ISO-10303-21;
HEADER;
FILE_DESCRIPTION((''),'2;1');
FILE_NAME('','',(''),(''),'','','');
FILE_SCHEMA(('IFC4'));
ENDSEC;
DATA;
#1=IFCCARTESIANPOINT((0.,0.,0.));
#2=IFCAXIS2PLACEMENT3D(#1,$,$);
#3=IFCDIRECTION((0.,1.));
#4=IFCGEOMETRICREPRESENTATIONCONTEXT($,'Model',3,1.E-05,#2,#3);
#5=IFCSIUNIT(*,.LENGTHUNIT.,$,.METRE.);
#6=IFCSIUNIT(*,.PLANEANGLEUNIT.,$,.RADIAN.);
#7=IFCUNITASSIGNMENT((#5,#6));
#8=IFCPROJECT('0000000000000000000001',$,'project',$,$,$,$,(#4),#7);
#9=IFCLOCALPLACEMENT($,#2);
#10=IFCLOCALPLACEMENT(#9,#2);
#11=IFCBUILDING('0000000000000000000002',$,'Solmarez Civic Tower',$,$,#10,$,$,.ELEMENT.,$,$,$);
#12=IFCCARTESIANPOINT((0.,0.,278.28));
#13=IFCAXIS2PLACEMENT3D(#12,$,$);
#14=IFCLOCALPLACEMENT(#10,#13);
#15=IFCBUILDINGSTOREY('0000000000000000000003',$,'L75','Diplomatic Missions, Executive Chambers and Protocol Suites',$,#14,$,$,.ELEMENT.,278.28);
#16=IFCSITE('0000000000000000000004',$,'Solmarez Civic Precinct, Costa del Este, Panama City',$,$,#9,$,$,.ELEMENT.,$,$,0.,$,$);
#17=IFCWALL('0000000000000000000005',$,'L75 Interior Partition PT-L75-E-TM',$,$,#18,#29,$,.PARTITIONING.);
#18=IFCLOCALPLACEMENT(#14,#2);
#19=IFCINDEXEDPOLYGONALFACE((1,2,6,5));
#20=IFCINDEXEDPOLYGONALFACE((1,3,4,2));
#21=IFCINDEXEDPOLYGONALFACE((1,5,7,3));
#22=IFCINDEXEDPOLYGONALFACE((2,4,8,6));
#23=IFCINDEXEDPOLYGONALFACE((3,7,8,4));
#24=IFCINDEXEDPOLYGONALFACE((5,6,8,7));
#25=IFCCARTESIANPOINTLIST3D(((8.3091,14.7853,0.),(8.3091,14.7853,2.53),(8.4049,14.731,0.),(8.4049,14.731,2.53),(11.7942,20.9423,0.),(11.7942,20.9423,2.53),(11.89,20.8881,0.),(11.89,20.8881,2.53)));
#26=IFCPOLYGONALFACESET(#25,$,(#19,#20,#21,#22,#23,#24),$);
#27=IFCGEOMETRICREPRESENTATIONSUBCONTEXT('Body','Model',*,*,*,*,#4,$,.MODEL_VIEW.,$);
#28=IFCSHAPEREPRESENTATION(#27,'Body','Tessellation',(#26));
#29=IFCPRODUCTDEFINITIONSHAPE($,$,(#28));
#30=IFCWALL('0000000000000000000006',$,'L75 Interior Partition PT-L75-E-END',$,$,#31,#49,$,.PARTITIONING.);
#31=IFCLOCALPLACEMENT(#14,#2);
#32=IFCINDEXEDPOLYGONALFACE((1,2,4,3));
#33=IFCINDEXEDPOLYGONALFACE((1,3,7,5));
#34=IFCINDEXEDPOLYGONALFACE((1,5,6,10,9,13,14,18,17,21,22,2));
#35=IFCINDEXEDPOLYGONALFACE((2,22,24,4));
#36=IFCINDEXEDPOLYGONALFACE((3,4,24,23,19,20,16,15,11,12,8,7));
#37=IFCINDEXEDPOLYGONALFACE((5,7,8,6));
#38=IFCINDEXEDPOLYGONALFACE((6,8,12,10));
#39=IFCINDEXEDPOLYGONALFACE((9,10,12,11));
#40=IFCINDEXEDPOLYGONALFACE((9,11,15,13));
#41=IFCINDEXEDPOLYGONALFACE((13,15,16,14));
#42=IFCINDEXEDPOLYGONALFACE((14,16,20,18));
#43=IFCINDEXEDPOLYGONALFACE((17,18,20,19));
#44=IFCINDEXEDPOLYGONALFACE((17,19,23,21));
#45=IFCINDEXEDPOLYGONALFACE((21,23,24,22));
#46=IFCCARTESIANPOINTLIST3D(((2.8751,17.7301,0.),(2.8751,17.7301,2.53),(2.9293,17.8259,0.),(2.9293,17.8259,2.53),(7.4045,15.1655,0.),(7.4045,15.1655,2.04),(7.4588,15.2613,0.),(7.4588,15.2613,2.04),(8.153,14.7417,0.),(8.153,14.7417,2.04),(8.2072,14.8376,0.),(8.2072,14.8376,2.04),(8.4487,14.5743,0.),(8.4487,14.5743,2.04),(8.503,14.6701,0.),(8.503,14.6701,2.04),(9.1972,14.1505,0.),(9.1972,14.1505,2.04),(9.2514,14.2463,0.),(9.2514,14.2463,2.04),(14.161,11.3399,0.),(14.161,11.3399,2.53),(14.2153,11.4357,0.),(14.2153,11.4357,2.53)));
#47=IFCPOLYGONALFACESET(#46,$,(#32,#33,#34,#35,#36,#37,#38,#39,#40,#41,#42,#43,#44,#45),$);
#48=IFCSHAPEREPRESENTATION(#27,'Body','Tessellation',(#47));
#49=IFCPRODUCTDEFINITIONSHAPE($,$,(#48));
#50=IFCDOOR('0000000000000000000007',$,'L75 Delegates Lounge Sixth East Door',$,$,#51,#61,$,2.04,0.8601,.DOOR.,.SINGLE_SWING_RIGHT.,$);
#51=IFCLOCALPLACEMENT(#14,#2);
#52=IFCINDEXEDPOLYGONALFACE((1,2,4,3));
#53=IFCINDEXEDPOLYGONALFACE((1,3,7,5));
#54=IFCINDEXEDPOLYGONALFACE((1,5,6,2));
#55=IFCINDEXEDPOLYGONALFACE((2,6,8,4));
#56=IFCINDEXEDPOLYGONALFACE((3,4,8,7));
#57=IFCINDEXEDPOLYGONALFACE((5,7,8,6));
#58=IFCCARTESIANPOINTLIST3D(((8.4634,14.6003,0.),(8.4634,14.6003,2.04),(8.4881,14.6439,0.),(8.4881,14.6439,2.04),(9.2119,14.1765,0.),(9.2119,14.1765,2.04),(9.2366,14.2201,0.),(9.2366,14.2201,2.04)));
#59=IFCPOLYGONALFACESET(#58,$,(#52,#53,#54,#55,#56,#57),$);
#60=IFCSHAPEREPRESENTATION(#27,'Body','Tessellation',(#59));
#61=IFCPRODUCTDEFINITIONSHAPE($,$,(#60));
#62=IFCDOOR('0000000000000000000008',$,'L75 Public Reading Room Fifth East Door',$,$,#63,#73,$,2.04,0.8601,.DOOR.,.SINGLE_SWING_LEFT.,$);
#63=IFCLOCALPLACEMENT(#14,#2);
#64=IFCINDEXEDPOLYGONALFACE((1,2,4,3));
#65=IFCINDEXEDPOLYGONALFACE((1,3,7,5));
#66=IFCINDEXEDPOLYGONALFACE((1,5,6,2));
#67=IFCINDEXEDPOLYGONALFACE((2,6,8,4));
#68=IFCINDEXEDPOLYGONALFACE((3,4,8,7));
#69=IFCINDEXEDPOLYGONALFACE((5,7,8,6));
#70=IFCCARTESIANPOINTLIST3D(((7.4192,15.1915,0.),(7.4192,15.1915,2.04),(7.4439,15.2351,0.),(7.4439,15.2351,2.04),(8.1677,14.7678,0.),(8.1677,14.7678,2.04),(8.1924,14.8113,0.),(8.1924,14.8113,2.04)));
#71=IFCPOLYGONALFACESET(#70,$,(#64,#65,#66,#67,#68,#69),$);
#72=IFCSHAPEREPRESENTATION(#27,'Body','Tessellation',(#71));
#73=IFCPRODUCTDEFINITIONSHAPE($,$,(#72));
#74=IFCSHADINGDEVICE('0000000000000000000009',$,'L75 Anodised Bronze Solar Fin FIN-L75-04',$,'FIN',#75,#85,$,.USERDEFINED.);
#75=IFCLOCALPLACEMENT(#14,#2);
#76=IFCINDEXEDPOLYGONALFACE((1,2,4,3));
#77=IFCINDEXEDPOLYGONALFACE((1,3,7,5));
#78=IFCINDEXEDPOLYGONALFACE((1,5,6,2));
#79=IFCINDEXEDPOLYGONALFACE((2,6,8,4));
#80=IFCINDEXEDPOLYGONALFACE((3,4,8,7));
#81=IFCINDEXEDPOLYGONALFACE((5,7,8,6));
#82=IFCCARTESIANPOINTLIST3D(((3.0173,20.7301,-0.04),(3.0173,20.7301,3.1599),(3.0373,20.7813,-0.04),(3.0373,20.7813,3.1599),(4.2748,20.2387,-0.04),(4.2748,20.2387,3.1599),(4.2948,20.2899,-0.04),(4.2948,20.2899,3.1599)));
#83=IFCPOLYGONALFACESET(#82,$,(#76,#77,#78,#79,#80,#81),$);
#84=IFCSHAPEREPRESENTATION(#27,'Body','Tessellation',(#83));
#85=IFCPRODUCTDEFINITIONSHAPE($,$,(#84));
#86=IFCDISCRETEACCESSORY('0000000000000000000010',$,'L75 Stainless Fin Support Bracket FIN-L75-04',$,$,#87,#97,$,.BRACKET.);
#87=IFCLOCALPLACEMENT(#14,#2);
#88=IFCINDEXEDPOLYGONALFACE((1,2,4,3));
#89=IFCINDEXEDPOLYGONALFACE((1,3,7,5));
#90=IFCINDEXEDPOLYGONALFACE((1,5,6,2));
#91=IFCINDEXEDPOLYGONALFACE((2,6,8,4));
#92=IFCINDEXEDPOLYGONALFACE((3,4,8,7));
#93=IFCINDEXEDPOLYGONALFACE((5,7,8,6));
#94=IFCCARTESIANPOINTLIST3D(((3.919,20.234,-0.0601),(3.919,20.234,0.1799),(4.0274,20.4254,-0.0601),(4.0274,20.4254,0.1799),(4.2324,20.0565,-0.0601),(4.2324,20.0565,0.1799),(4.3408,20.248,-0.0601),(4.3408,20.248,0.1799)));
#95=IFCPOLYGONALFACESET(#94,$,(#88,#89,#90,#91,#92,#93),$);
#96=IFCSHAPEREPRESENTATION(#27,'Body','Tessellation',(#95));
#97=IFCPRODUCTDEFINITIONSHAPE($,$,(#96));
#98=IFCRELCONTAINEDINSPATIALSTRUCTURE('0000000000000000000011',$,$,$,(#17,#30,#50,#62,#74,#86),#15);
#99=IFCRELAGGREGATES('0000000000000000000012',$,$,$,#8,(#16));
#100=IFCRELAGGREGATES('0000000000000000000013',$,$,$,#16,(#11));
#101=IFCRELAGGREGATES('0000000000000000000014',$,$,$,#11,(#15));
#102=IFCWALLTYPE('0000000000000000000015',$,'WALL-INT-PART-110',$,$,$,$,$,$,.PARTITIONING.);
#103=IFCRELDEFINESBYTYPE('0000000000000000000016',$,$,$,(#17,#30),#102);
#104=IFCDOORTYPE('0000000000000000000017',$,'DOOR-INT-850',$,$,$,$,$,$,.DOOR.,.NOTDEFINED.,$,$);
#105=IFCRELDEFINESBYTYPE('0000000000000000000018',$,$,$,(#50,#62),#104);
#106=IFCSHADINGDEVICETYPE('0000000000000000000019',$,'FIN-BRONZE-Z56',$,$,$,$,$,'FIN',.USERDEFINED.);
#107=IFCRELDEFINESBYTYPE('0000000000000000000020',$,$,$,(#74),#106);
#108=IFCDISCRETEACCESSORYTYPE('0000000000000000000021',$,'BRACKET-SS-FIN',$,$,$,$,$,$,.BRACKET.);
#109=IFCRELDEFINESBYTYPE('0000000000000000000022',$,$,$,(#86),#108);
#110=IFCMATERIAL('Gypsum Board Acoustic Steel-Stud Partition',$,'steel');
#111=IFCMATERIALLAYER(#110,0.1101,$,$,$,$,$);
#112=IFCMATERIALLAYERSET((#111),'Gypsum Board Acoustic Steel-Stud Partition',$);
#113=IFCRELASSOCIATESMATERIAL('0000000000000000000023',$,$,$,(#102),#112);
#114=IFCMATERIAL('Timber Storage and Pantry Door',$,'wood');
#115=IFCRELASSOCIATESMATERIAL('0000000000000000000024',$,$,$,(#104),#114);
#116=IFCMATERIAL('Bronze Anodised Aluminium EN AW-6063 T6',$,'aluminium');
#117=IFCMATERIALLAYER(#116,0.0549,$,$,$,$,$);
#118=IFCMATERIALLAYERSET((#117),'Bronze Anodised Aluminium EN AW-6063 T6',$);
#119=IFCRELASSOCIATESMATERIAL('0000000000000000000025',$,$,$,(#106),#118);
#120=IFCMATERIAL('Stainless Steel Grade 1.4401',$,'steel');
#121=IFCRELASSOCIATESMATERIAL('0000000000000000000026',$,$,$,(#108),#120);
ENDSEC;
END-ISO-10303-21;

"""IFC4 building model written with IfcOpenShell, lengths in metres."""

from ifc_helpers import new_model, si_unit, direction, frame, frame_2d, origin, origin_2d, place, context, subcontext, project, spatial, rectangle, extrude, material, layer, layer_set, type_object, element, fill, save


model = new_model("IFC4")

# Units and contexts
model_context = context("Model", 3, precision=1e-05, world=origin(), true_north=direction((0.0, 1.0)))
body_context = subcontext(model_context, "Body", "Model", "MODEL_VIEW")
ifc_project = project(units=[si_unit("LENGTHUNIT", "METRE"), si_unit("PLANEANGLEUNIT", "RADIAN")], contexts=[model_context])

# Site, building, storey
site_placement = place(None, origin())
site = spatial("IfcSite", under=ifc_project, at=site_placement, Name="Solmarez Civic Precinct, Costa del Este, Panama City", CompositionType="ELEMENT", RefElevation=0.0)
building_placement = place(site_placement, origin())
building = spatial("IfcBuilding", under=site, at=building_placement, Name="Solmarez Civic Tower", CompositionType="ELEMENT")
storey_placement = place(building_placement, frame((0.0, 0.0, 278.28)))
storey = spatial("IfcBuildingStorey", under=building, at=storey_placement, Name="L75", Description="Diplomatic Missions, Executive Chambers and Protocol Suites", CompositionType="ELEMENT", Elevation=278.28)

# Shared definitions
ifc_material_1 = material(Name="Gypsum Board Acoustic Steel-Stud Partition", Category="steel")
ifc_layer_1 = layer(ifc_material_1, 0.1101)
ifc_layer_set_1 = layer_set([ifc_layer_1], Name="Gypsum Board Acoustic Steel-Stud Partition")
wall_type_1 = type_object("IfcWallType", Name="WALL-INT-PART-110", PredefinedType="PARTITIONING", material=ifc_layer_set_1)

# Wall
wall_1_placement = place(storey_placement, frame((8.3569, 14.7581, 0.0), z_axis=(0.0, 0.0, 1.0), x_axis=(0.492601, 0.870255, 0.0)))
element("IfcWall", 1, at=wall_1_placement, inside=storey, type_object=wall_type_1, Name="L75 Interior Partition PT-L75-E-TM", PredefinedType="PARTITIONING", context=body_context, shape_type="SweptSolid", body=[
    extrude(rectangle(XDim=7.075, YDim=0.1101, at=frame_2d((3.5376, 0.0))), origin(), (0.0, 0.0, 1.0), 2.53),
])

# Wall, openings, doors
wall_2_placement = place(storey_placement, frame((2.9021, 17.7781, 0.0), z_axis=(0.0, 0.0, 1.0), x_axis=(0.870194, -0.492709, 0.0)))
wall_2 = element("IfcWall", 2, at=wall_2_placement, inside=storey, type_object=wall_type_1, Name="L75 Interior Partition PT-L75-E-END", PredefinedType="PARTITIONING", context=body_context, shape_type="SweptSolid", body=[
    extrude(rectangle(XDim=12.9695, YDim=0.1101, at=frame_2d((6.4849, 0.0))), origin(), (0.0, 0.0, 1.0), 2.53),
])
opening_1_placement = place(wall_2_placement, frame((6.405, 0.0, 0.0)))
opening_1 = element("IfcOpeningElement", 3, at=opening_1_placement, cuts=wall_2, PredefinedType="OPENING", context=body_context, shape_type="SweptSolid", body=[
    extrude(rectangle(XDim=0.8601, YDim=2.04, at=frame_2d((0.4302, 1.02))), frame((0.0, 0.0649, 0.0), z_axis=(0.0, -1.0, 0.0), x_axis=(1.0, 0.0, 0.0)), (0.0, 0.0, 1.0), 0.1301),
])
opening_2_placement = place(wall_2_placement, frame((5.2051, 0.0, 0.0)))
opening_2 = element("IfcOpeningElement", 4, at=opening_2_placement, cuts=wall_2, PredefinedType="OPENING", context=body_context, shape_type="SweptSolid", body=[
    extrude(rectangle(XDim=0.8601, YDim=2.04, at=frame_2d((0.4302, 1.02))), frame((0.0, 0.0649, 0.0), z_axis=(0.0, -1.0, 0.0), x_axis=(1.0, 0.0, 0.0)), (0.0, 0.0, 1.0), 0.1301),
])
ifc_material_2 = material(Name="Timber Storage and Pantry Door", Category="wood")
door_type_1 = type_object("IfcDoorType", Name="DOOR-INT-850", OperationType="NOTDEFINED", PredefinedType="DOOR", material=ifc_material_2)
door_1_placement = place(opening_1_placement, origin())
door_1 = element("IfcDoor", 5, at=door_1_placement, inside=storey, type_object=door_type_1, Name="L75 Delegates Lounge Sixth East Door", OperationType="SINGLE_SWING_RIGHT", OverallHeight=2.04, OverallWidth=0.8601, PredefinedType="DOOR", context=body_context, shape_type="SweptSolid", body=[
    extrude(rectangle(XDim=0.8601, YDim=2.04, at=frame_2d((0.4302, 1.02))), frame((0.0, 0.0249, 0.0), z_axis=(0.0, -1.0, 0.0), x_axis=(1.0, 0.0, 0.0)), (0.0, 0.0, 1.0), 0.05),
])
fill(opening_1, door_1)
door_2_placement = place(opening_2_placement, origin())
door_2 = element("IfcDoor", 6, at=door_2_placement, inside=storey, type_object=door_type_1, Name="L75 Public Reading Room Fifth East Door", OperationType="SINGLE_SWING_LEFT", OverallHeight=2.04, OverallWidth=0.8601, PredefinedType="DOOR", context=body_context, shape_type="SweptSolid", body=[
    extrude(rectangle(XDim=0.8601, YDim=2.04, at=frame_2d((0.4302, 1.02))), frame((0.0, 0.0249, 0.0), z_axis=(0.0, -1.0, 0.0), x_axis=(1.0, 0.0, 0.0)), (0.0, 0.0, 1.0), 0.05),
])
fill(opening_2, door_2)

# Shading device
ifc_material_3 = material(Name="Bronze Anodised Aluminium EN AW-6063 T6", Category="aluminium")
ifc_layer_2 = layer(ifc_material_3, 0.0549)
ifc_layer_set_2 = layer_set([ifc_layer_2], Name="Bronze Anodised Aluminium EN AW-6063 T6")
shading_device_type = type_object("IfcShadingDeviceType", Name="FIN-BRONZE-Z56", ElementType="FIN", PredefinedType="USERDEFINED", material=ifc_layer_set_2)
shading_device_placement = place(storey_placement, frame((3.656, 20.51, -0.04), z_axis=(0.0, 0.0, 1.0), x_axis=(-0.931412, 0.363967, 0.0)))
element("IfcShadingDevice", 7, at=shading_device_placement, inside=storey, type_object=shading_device_type, Name="L75 Anodised Bronze Solar Fin FIN-L75-04", ObjectType="FIN", PredefinedType="USERDEFINED", context=body_context, shape_type="SweptSolid", body=[
    extrude(rectangle(XDim=1.3501, YDim=0.0549, at=origin_2d()), origin(), (0.0, 0.0, 1.0), 3.2),
])

# Discrete accessory
ifc_material_4 = material(Name="Stainless Steel Grade 1.4401", Category="steel")
discrete_accessory_type = type_object("IfcDiscreteAccessoryType", Name="BRACKET-SS-FIN", PredefinedType="BRACKET", material=ifc_material_4)
discrete_accessory_placement = place(storey_placement, frame((4.1299, 20.241, -0.0601), z_axis=(0.0, 0.0, 1.0), x_axis=(-0.87018, 0.492733, 0.0)))
element("IfcDiscreteAccessory", 8, at=discrete_accessory_placement, inside=storey, type_object=discrete_accessory_type, Name="L75 Stainless Fin Support Bracket FIN-L75-04", PredefinedType="BRACKET", context=body_context, shape_type="SweptSolid", body=[
    extrude(rectangle(XDim=0.3601, YDim=0.22, at=origin_2d()), origin(), (0.0, 0.0, 1.0), 0.24),
])

save(model, "model.ifc")
